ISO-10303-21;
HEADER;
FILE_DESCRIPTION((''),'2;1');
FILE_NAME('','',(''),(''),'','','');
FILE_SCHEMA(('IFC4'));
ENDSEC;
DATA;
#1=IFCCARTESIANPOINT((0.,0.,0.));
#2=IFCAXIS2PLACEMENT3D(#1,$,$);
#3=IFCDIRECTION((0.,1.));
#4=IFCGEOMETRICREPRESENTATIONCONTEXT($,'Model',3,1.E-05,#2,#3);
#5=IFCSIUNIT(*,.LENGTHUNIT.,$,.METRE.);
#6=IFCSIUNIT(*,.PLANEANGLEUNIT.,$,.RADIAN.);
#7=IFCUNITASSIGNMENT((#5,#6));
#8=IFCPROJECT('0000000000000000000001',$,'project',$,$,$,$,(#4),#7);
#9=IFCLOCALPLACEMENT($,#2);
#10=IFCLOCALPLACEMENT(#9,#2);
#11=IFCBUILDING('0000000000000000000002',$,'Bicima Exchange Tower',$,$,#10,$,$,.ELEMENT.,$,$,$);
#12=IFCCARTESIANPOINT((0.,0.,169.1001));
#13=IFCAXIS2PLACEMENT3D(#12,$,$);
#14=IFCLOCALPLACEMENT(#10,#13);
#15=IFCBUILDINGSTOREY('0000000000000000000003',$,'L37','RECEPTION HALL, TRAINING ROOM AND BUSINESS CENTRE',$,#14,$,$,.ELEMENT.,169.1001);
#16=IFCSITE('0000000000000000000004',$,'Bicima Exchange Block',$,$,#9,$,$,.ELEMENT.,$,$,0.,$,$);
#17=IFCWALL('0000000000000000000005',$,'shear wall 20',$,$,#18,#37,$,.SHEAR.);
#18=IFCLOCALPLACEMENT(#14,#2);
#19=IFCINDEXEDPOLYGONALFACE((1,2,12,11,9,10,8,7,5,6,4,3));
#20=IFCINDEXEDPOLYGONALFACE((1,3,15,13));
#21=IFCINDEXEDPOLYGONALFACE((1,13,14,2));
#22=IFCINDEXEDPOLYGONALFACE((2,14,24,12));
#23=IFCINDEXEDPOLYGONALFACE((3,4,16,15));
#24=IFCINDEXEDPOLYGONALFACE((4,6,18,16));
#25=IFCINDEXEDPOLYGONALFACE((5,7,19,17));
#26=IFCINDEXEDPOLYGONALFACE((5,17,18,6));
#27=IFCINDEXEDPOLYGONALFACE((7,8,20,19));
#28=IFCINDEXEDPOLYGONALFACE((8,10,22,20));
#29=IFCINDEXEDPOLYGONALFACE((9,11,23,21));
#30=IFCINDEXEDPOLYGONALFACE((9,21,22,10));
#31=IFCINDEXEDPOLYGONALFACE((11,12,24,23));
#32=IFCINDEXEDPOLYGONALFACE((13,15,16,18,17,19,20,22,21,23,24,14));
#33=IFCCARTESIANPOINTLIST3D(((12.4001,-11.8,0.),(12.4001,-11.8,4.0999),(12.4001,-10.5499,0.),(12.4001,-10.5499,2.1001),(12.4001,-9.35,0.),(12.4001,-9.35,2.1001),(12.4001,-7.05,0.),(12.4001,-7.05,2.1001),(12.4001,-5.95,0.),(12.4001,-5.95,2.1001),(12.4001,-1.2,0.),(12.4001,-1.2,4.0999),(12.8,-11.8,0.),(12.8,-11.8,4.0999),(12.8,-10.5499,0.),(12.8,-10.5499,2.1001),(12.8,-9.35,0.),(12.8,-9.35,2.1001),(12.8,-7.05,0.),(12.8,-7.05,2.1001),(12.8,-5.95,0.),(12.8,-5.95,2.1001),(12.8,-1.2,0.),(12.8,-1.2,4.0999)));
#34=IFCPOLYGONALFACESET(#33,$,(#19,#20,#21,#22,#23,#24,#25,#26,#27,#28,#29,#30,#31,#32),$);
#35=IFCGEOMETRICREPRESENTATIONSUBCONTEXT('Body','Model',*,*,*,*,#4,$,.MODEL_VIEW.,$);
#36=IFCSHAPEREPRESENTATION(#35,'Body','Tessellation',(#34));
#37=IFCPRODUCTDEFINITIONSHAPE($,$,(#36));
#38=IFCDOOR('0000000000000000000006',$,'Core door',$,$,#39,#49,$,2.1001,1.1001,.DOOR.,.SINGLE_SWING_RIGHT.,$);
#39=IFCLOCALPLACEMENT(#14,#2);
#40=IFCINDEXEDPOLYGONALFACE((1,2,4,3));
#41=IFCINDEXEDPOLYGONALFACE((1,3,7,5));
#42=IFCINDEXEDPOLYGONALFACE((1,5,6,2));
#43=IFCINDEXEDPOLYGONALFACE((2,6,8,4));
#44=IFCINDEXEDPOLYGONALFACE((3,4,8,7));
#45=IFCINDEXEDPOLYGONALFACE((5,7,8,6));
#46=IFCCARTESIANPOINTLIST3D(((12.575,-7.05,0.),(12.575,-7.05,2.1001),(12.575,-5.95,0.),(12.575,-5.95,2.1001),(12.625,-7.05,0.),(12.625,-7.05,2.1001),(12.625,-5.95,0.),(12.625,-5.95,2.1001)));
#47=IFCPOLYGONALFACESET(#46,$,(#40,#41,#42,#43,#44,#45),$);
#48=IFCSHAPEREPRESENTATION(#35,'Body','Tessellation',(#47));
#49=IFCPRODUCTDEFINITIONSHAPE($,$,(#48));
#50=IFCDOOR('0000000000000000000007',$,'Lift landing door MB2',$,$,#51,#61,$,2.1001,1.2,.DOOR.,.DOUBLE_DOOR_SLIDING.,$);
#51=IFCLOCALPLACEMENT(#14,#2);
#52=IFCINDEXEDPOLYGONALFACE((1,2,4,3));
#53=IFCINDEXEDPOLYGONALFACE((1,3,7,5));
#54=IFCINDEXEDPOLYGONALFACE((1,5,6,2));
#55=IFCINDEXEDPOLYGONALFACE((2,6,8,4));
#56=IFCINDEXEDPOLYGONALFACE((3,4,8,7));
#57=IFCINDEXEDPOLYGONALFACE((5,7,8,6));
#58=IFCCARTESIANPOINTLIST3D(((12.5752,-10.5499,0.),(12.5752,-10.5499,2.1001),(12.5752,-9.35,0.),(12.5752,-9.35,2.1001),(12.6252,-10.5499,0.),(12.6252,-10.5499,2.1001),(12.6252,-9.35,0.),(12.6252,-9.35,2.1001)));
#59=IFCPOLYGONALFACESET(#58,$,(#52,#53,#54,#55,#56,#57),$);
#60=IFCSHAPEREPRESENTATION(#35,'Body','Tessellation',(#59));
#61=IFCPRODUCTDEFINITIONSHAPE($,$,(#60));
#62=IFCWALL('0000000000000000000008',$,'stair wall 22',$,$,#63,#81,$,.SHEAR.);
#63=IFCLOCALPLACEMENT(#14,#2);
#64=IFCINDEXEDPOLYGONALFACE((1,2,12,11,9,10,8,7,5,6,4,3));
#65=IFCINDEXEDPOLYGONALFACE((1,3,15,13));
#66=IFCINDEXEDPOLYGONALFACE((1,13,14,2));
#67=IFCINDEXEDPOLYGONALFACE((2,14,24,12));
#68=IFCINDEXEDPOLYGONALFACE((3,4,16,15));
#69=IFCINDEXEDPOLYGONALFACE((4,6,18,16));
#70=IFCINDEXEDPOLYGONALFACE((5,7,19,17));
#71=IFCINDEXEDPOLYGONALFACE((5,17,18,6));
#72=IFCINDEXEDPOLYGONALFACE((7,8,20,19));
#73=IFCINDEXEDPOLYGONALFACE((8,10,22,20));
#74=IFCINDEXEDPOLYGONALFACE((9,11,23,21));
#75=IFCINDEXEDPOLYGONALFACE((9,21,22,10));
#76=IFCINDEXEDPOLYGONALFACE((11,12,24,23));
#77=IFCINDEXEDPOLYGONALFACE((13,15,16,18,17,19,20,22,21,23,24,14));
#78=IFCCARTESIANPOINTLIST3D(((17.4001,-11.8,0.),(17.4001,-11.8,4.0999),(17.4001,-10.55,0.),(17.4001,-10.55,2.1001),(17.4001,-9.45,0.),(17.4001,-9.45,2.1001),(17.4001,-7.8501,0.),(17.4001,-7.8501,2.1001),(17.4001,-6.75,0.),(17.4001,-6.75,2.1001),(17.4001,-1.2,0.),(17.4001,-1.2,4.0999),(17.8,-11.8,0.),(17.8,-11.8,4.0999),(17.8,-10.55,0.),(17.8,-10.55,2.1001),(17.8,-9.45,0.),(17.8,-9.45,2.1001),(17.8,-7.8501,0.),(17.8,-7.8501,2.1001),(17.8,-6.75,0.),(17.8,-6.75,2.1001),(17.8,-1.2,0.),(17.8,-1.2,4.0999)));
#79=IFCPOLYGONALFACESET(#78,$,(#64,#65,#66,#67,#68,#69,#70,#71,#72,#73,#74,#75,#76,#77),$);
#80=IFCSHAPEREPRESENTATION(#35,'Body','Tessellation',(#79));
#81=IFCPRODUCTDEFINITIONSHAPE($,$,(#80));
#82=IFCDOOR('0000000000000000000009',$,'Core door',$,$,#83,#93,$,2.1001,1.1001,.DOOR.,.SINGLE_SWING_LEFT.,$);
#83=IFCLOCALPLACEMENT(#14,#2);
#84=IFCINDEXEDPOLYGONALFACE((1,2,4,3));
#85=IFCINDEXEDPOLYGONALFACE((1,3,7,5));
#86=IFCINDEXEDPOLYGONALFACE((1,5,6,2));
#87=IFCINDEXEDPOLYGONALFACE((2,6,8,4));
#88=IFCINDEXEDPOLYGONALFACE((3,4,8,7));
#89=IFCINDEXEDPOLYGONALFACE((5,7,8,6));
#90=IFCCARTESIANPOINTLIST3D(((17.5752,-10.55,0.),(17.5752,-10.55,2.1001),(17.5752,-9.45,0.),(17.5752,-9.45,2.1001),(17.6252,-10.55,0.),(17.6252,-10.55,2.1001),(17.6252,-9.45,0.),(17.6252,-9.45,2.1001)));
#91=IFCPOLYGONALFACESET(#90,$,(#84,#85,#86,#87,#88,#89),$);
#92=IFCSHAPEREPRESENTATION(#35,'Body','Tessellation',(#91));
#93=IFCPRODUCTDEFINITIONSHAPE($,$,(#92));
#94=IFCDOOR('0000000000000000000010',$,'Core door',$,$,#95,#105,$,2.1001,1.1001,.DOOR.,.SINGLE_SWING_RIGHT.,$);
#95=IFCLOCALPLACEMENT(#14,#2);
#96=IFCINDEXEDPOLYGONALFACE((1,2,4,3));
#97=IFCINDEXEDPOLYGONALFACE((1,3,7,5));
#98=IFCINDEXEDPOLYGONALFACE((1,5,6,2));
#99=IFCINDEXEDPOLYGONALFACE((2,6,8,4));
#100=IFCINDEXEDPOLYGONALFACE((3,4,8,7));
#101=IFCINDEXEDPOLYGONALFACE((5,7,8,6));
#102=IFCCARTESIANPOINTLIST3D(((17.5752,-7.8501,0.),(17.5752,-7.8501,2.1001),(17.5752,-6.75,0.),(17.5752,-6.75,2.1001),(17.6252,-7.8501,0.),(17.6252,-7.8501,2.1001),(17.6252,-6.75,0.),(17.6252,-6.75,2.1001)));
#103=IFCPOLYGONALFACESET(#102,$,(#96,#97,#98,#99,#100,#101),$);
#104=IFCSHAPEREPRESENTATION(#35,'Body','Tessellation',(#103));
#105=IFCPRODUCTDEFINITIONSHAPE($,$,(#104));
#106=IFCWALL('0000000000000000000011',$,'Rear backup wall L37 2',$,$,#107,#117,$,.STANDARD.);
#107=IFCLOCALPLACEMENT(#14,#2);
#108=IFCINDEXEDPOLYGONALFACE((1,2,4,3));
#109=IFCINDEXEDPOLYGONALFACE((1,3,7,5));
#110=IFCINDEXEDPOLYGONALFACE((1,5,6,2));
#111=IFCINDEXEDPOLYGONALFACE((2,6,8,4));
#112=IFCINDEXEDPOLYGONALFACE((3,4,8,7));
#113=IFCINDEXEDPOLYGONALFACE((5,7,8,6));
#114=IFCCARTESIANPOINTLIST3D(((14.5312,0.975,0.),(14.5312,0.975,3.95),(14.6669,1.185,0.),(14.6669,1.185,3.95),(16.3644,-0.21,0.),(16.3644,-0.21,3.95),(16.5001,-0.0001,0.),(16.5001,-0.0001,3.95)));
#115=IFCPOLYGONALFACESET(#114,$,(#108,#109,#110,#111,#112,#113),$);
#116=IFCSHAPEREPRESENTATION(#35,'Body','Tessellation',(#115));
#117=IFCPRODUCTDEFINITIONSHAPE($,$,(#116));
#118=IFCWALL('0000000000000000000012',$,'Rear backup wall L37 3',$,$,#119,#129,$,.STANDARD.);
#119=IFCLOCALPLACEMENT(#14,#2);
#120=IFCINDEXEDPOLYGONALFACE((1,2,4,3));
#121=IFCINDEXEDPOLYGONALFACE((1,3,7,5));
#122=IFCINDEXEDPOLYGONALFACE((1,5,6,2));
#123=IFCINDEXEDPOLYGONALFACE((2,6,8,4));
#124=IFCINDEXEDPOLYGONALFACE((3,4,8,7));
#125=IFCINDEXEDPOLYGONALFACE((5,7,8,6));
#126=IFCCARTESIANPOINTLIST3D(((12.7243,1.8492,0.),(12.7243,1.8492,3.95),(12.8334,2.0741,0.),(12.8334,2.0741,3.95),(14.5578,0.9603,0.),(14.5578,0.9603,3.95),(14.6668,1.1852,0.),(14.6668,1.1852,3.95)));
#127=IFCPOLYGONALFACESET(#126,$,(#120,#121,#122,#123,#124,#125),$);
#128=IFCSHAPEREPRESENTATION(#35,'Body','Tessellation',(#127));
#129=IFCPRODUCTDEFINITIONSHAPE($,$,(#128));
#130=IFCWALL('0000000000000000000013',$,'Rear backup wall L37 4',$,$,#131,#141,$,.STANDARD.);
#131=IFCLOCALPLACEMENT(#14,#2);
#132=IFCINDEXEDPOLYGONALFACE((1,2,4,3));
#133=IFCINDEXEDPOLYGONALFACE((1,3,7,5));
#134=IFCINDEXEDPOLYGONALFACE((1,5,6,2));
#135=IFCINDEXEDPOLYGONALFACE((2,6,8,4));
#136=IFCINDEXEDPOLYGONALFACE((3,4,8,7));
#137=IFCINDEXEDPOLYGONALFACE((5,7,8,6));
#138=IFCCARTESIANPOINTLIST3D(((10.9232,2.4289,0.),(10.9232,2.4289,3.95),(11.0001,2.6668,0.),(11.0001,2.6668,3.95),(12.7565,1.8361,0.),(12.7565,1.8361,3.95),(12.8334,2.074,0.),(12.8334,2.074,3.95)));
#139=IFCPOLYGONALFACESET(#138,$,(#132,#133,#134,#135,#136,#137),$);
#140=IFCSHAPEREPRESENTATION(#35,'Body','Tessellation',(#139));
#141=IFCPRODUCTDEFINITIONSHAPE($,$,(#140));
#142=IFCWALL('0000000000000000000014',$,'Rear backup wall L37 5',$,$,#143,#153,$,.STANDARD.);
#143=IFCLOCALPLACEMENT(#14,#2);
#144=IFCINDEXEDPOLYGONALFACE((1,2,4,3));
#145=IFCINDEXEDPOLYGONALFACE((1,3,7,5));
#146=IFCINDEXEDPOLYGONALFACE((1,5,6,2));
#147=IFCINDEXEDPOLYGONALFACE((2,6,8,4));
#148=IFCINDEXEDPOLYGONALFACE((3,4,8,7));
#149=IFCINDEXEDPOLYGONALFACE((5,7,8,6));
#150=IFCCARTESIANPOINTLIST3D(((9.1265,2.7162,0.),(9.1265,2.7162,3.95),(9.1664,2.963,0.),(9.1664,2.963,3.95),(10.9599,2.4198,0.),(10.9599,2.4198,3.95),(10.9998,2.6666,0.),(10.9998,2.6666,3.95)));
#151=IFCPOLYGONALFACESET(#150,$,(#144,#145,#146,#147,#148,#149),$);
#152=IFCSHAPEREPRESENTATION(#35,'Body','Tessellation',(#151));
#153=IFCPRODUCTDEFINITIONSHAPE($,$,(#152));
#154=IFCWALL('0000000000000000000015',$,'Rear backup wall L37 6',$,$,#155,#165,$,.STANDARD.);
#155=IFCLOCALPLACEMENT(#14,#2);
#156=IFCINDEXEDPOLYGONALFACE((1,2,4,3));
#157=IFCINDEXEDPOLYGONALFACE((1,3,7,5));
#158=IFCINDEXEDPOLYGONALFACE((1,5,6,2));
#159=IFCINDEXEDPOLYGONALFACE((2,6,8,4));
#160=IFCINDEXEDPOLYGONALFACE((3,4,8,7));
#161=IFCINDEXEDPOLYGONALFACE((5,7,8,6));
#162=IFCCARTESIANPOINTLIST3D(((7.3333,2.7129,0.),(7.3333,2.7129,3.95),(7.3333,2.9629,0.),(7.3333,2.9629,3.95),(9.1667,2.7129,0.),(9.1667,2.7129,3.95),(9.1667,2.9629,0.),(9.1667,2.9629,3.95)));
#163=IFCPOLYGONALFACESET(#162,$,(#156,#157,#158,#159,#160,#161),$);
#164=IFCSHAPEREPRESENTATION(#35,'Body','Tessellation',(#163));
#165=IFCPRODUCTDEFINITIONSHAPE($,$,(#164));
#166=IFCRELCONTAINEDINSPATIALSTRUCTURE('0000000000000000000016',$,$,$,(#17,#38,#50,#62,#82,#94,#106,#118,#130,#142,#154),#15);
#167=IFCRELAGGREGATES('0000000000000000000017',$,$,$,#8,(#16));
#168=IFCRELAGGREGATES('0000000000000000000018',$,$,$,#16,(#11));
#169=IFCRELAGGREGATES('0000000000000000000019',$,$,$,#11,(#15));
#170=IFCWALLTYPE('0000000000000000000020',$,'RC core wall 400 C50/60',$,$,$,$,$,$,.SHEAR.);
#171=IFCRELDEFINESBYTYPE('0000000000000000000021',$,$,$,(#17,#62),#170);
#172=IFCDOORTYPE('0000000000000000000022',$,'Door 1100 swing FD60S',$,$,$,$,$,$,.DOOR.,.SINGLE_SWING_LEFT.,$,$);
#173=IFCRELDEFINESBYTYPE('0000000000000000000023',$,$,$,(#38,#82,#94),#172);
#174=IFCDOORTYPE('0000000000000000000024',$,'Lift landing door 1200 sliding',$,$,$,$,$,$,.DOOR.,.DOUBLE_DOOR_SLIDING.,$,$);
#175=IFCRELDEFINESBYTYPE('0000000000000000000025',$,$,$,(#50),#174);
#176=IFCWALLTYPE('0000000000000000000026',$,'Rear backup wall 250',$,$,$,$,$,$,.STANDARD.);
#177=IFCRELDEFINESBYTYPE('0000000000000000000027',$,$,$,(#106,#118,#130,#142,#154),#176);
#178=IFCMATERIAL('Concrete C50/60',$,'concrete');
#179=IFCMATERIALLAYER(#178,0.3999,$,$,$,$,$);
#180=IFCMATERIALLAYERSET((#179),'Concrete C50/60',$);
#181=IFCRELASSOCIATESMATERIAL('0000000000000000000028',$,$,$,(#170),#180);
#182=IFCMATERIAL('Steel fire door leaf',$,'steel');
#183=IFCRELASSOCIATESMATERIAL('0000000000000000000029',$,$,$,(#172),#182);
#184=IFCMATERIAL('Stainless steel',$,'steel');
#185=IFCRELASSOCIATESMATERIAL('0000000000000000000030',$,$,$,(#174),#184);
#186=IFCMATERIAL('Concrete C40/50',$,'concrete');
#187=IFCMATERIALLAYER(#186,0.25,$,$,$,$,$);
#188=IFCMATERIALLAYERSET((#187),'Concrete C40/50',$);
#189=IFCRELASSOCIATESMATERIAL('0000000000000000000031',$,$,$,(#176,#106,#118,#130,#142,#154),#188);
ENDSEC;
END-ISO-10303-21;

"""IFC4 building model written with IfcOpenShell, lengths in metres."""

from ifc_helpers import new_model, si_unit, direction, frame, frame_2d, origin, place, context, subcontext, project, spatial, rectangle, extrude, material, layer, layer_set, layer_usage, type_object, element, fill, save


model = new_model("IFC4")

# Units and contexts
model_context = context("Model", 3, precision=1e-05, world=origin(), true_north=direction((0.0, 1.0)))
body_context = subcontext(model_context, "Body", "Model", "MODEL_VIEW")
ifc_project = project(units=[si_unit("LENGTHUNIT", "METRE"), si_unit("PLANEANGLEUNIT", "RADIAN")], contexts=[model_context])

# Site, building, storey
site_placement = place(None, origin())
site = spatial("IfcSite", under=ifc_project, at=site_placement, Name="Bicima Exchange Block", CompositionType="ELEMENT", RefElevation=0.0)
building_placement = place(site_placement, origin())
building = spatial("IfcBuilding", under=site, at=building_placement, Name="Bicima Exchange Tower", CompositionType="ELEMENT")
storey_placement = place(building_placement, frame((0.0, 0.0, 169.1001)))
storey = spatial("IfcBuildingStorey", under=building, at=storey_placement, Name="L37", Description="RECEPTION HALL, TRAINING ROOM AND BUSINESS CENTRE", CompositionType="ELEMENT", Elevation=169.1001)

# Shared definitions
ifc_material_1 = material(Name="Concrete C50/60", Category="concrete")
ifc_layer_1 = layer(ifc_material_1, 0.3999)
ifc_layer_set_1 = layer_set([ifc_layer_1], Name="Concrete C50/60")
wall_type_1 = type_object("IfcWallType", Name="RC core wall 400 C50/60", PredefinedType="SHEAR", material=ifc_layer_set_1)
ifc_material_2 = material(Name="Steel fire door leaf", Category="steel")

# Walls, openings, doors
wall_1_placement = place(storey_placement, frame((12.6001, -11.8, 0.0), z_axis=(0.0, 0.0, 1.0), x_axis=(0.0, 1.0, 0.0)))
wall_1 = element("IfcWall", 1, at=wall_1_placement, inside=storey, type_object=wall_type_1, Name="shear wall 20", PredefinedType="SHEAR", context=body_context, shape_type="SweptSolid", body=[
    extrude(rectangle(XDim=10.6001, YDim=0.3999, at=frame_2d((5.3, 0.0))), origin(), (0.0, 0.0, 1.0), 4.0999),
])
opening_1_placement = place(wall_1_placement, frame((1.25, 0.0, 0.0)))
opening_1 = element("IfcOpeningElement", 2, at=opening_1_placement, cuts=wall_1, PredefinedType="OPENING", context=body_context, shape_type="SweptSolid", body=[
    extrude(rectangle(XDim=1.2, YDim=2.1001, at=frame_2d((0.6001, 1.05))), frame((0.0, 0.2119, 0.0), z_axis=(0.0, -1.0, 0.0), x_axis=(1.0, 0.0, 0.0)), (0.0, 0.0, 1.0), 0.4238),
])
opening_2_placement = place(wall_1_placement, frame((4.75, 0.0, 0.0)))
opening_2 = element("IfcOpeningElement", 3, at=opening_2_placement, cuts=wall_1, PredefinedType="OPENING", context=body_context, shape_type="SweptSolid", body=[
    extrude(rectangle(XDim=1.1001, YDim=2.1001, at=frame_2d((0.55, 1.05))), frame((0.0, 0.2119, 0.0), z_axis=(0.0, -1.0, 0.0), x_axis=(1.0, 0.0, 0.0)), (0.0, 0.0, 1.0), 0.4238),
])
door_type_1 = type_object("IfcDoorType", Name="Door 1100 swing FD60S", OperationType="SINGLE_SWING_LEFT", PredefinedType="DOOR", material=ifc_material_2)
door_1_placement = place(opening_2_placement, frame((1.1001, 0.0, 0.0), z_axis=(0.0, 0.0, 1.0), x_axis=(-1.0, 0.0, 0.0)))
door_1 = element("IfcDoor", 4, at=door_1_placement, inside=storey, type_object=door_type_1, Name="Core door", OperationType="SINGLE_SWING_RIGHT", OverallHeight=2.1001, OverallWidth=1.1001, PredefinedType="DOOR", context=body_context, shape_type="SweptSolid", body=[
    extrude(rectangle(XDim=1.1001, YDim=2.1001, at=frame_2d((0.55, 1.05))), frame((0.0, 0.0249, 0.0), z_axis=(0.0, -1.0, 0.0), x_axis=(1.0, 0.0, 0.0)), (0.0, 0.0, 1.0), 0.05),
])
fill(opening_2, door_1)
ifc_material_3 = material(Name="Stainless steel", Category="steel")
door_type_2 = type_object("IfcDoorType", Name="Lift landing door 1200 sliding", OperationType="DOUBLE_DOOR_SLIDING", PredefinedType="DOOR", material=ifc_material_3)
door_2_placement = place(opening_1_placement, origin())
door_2 = element("IfcDoor", 5, at=door_2_placement, inside=storey, type_object=door_type_2, Name="Lift landing door MB2", OperationType="DOUBLE_DOOR_SLIDING", OverallHeight=2.1001, OverallWidth=1.2, PredefinedType="DOOR", context=body_context, shape_type="SweptSolid", body=[
    extrude(rectangle(XDim=1.2, YDim=2.1001, at=frame_2d((0.6001, 1.05))), frame((0.0, 0.0249, 0.0), z_axis=(0.0, -1.0, 0.0), x_axis=(1.0, 0.0, 0.0)), (0.0, 0.0, 1.0), 0.05),
])
fill(opening_1, door_2)
wall_2_placement = place(storey_placement, frame((17.6001, -11.8, 0.0), z_axis=(0.0, 0.0, 1.0), x_axis=(0.0, 1.0, 0.0)))
wall_2 = element("IfcWall", 6, at=wall_2_placement, inside=storey, type_object=wall_type_1, Name="stair wall 22", PredefinedType="SHEAR", context=body_context, shape_type="SweptSolid", body=[
    extrude(rectangle(XDim=10.6001, YDim=0.3999, at=frame_2d((5.3, 0.0))), origin(), (0.0, 0.0, 1.0), 4.0999),
])
opening_3_placement = place(wall_2_placement, frame((1.25, 0.0, 0.0)))
opening_3 = element("IfcOpeningElement", 7, at=opening_3_placement, cuts=wall_2, PredefinedType="OPENING", context=body_context, shape_type="SweptSolid", body=[
    extrude(rectangle(XDim=1.1001, YDim=2.1001, at=frame_2d((0.55, 1.05))), frame((0.0, 0.2119, 0.0), z_axis=(0.0, -1.0, 0.0), x_axis=(1.0, 0.0, 0.0)), (0.0, 0.0, 1.0), 0.4238),
])
opening_4_placement = place(wall_2_placement, frame((3.95, 0.0, 0.0)))
opening_4 = element("IfcOpeningElement", 8, at=opening_4_placement, cuts=wall_2, PredefinedType="OPENING", context=body_context, shape_type="SweptSolid", body=[
    extrude(rectangle(XDim=1.1001, YDim=2.1001, at=frame_2d((0.55, 1.05))), frame((0.0, 0.2119, 0.0), z_axis=(0.0, -1.0, 0.0), x_axis=(1.0, 0.0, 0.0)), (0.0, 0.0, 1.0), 0.4238),
])
door_3_placement = place(opening_3_placement, origin())
door_3 = element("IfcDoor", 9, at=door_3_placement, inside=storey, type_object=door_type_1, Name="Core door", OperationType="SINGLE_SWING_LEFT", OverallHeight=2.1001, OverallWidth=1.1001, PredefinedType="DOOR", context=body_context, shape_type="SweptSolid", body=[
    extrude(rectangle(XDim=1.1001, YDim=2.1001, at=frame_2d((0.55, 1.05))), frame((0.0, 0.0249, 0.0), z_axis=(0.0, -1.0, 0.0), x_axis=(1.0, 0.0, 0.0)), (0.0, 0.0, 1.0), 0.05),
])
fill(opening_3, door_3)
door_4_placement = place(opening_4_placement, origin())
door_4 = element("IfcDoor", 10, at=door_4_placement, inside=storey, type_object=door_type_1, Name="Core door", OperationType="SINGLE_SWING_RIGHT", OverallHeight=2.1001, OverallWidth=1.1001, PredefinedType="DOOR", context=body_context, shape_type="SweptSolid", body=[
    extrude(rectangle(XDim=1.1001, YDim=2.1001, at=frame_2d((0.55, 1.05))), frame((0.0, 0.0249, 0.0), z_axis=(0.0, -1.0, 0.0), x_axis=(1.0, 0.0, 0.0)), (0.0, 0.0, 1.0), 0.05),
])
fill(opening_4, door_4)

# Walls
ifc_material_4 = material(Name="Concrete C40/50", Category="concrete")
ifc_layer_2 = layer(ifc_material_4, 0.25)
ifc_layer_set_2 = layer_set([ifc_layer_2], Name="Concrete C40/50")
ifc_layer_usage = layer_usage(ifc_layer_set_2, "AXIS2", "POSITIVE", -0.125)
wall_type_2 = type_object("IfcWallType", Name="Rear backup wall 250", PredefinedType="STANDARD", material=ifc_layer_set_2)
wall_3_placement = place(storey_placement, frame((16.4321, -0.105, 0.0), z_axis=(0.0, 0.0, 1.0), x_axis=(-0.839813, 0.542876, 0.0)))
element("IfcWall", 11, at=wall_3_placement, inside=storey, type_object=wall_type_2, material=ifc_layer_usage, Name="Rear backup wall L37 2", PredefinedType="STANDARD", context=body_context, shape_type="SweptSolid", body=[
    extrude(rectangle(XDim=2.1829, YDim=0.25, at=frame_2d((1.0913, 0.0))), origin(), (0.0, 0.0, 1.0), 3.95),
])
wall_4_placement = place(storey_placement, frame((14.6123, 1.0728, 0.0), z_axis=(0.0, 0.0, 1.0), x_axis=(-0.899824, 0.436253, 0.0)))
element("IfcWall", 12, at=wall_4_placement, inside=storey, type_object=wall_type_2, material=ifc_layer_usage, Name="Rear backup wall L37 3", PredefinedType="STANDARD", context=body_context, shape_type="SweptSolid", body=[
    extrude(rectangle(XDim=2.0376, YDim=0.25, at=frame_2d((1.0188, 0.0))), origin(), (0.0, 0.0, 1.0), 3.95),
])
wall_5_placement = place(storey_placement, frame((12.7949, 1.9551, 0.0), z_axis=(0.0, 0.0, 1.0), x_axis=(-0.951496, 0.307662, 0.0)))
element("IfcWall", 13, at=wall_5_placement, inside=storey, type_object=wall_type_2, material=ifc_layer_usage, Name="Rear backup wall L37 4", PredefinedType="STANDARD", context=body_context, shape_type="SweptSolid", body=[
    extrude(rectangle(XDim=1.9268, YDim=0.25, at=frame_2d((0.9634, 0.0))), origin(), (0.0, 0.0, 1.0), 3.95),
])
wall_6_placement = place(storey_placement, frame((10.98, 2.5432, 0.0), z_axis=(0.0, 0.0, 1.0), x_axis=(-0.987182, 0.1596, 0.0)))
element("IfcWall", 14, at=wall_6_placement, inside=storey, type_object=wall_type_2, material=ifc_layer_usage, Name="Rear backup wall L37 5", PredefinedType="STANDARD", context=body_context, shape_type="SweptSolid", body=[
    extrude(rectangle(XDim=1.8572, YDim=0.25, at=frame_2d((0.9287, 0.0))), origin(), (0.0, 0.0, 1.0), 3.95),
])
wall_7_placement = place(storey_placement, frame((9.1667, 2.8379, 0.0), z_axis=(0.0, 0.0, 1.0), x_axis=(-1.0, 0.0, 0.0)))
element("IfcWall", 15, at=wall_7_placement, inside=storey, type_object=wall_type_2, material=ifc_layer_usage, Name="Rear backup wall L37 6", PredefinedType="STANDARD", context=body_context, shape_type="SweptSolid", body=[
    extrude(rectangle(XDim=1.8335, YDim=0.25, at=frame_2d((0.9167, 0.0))), origin(), (0.0, 0.0, 1.0), 3.95),
])

save(model, "model.ifc")
